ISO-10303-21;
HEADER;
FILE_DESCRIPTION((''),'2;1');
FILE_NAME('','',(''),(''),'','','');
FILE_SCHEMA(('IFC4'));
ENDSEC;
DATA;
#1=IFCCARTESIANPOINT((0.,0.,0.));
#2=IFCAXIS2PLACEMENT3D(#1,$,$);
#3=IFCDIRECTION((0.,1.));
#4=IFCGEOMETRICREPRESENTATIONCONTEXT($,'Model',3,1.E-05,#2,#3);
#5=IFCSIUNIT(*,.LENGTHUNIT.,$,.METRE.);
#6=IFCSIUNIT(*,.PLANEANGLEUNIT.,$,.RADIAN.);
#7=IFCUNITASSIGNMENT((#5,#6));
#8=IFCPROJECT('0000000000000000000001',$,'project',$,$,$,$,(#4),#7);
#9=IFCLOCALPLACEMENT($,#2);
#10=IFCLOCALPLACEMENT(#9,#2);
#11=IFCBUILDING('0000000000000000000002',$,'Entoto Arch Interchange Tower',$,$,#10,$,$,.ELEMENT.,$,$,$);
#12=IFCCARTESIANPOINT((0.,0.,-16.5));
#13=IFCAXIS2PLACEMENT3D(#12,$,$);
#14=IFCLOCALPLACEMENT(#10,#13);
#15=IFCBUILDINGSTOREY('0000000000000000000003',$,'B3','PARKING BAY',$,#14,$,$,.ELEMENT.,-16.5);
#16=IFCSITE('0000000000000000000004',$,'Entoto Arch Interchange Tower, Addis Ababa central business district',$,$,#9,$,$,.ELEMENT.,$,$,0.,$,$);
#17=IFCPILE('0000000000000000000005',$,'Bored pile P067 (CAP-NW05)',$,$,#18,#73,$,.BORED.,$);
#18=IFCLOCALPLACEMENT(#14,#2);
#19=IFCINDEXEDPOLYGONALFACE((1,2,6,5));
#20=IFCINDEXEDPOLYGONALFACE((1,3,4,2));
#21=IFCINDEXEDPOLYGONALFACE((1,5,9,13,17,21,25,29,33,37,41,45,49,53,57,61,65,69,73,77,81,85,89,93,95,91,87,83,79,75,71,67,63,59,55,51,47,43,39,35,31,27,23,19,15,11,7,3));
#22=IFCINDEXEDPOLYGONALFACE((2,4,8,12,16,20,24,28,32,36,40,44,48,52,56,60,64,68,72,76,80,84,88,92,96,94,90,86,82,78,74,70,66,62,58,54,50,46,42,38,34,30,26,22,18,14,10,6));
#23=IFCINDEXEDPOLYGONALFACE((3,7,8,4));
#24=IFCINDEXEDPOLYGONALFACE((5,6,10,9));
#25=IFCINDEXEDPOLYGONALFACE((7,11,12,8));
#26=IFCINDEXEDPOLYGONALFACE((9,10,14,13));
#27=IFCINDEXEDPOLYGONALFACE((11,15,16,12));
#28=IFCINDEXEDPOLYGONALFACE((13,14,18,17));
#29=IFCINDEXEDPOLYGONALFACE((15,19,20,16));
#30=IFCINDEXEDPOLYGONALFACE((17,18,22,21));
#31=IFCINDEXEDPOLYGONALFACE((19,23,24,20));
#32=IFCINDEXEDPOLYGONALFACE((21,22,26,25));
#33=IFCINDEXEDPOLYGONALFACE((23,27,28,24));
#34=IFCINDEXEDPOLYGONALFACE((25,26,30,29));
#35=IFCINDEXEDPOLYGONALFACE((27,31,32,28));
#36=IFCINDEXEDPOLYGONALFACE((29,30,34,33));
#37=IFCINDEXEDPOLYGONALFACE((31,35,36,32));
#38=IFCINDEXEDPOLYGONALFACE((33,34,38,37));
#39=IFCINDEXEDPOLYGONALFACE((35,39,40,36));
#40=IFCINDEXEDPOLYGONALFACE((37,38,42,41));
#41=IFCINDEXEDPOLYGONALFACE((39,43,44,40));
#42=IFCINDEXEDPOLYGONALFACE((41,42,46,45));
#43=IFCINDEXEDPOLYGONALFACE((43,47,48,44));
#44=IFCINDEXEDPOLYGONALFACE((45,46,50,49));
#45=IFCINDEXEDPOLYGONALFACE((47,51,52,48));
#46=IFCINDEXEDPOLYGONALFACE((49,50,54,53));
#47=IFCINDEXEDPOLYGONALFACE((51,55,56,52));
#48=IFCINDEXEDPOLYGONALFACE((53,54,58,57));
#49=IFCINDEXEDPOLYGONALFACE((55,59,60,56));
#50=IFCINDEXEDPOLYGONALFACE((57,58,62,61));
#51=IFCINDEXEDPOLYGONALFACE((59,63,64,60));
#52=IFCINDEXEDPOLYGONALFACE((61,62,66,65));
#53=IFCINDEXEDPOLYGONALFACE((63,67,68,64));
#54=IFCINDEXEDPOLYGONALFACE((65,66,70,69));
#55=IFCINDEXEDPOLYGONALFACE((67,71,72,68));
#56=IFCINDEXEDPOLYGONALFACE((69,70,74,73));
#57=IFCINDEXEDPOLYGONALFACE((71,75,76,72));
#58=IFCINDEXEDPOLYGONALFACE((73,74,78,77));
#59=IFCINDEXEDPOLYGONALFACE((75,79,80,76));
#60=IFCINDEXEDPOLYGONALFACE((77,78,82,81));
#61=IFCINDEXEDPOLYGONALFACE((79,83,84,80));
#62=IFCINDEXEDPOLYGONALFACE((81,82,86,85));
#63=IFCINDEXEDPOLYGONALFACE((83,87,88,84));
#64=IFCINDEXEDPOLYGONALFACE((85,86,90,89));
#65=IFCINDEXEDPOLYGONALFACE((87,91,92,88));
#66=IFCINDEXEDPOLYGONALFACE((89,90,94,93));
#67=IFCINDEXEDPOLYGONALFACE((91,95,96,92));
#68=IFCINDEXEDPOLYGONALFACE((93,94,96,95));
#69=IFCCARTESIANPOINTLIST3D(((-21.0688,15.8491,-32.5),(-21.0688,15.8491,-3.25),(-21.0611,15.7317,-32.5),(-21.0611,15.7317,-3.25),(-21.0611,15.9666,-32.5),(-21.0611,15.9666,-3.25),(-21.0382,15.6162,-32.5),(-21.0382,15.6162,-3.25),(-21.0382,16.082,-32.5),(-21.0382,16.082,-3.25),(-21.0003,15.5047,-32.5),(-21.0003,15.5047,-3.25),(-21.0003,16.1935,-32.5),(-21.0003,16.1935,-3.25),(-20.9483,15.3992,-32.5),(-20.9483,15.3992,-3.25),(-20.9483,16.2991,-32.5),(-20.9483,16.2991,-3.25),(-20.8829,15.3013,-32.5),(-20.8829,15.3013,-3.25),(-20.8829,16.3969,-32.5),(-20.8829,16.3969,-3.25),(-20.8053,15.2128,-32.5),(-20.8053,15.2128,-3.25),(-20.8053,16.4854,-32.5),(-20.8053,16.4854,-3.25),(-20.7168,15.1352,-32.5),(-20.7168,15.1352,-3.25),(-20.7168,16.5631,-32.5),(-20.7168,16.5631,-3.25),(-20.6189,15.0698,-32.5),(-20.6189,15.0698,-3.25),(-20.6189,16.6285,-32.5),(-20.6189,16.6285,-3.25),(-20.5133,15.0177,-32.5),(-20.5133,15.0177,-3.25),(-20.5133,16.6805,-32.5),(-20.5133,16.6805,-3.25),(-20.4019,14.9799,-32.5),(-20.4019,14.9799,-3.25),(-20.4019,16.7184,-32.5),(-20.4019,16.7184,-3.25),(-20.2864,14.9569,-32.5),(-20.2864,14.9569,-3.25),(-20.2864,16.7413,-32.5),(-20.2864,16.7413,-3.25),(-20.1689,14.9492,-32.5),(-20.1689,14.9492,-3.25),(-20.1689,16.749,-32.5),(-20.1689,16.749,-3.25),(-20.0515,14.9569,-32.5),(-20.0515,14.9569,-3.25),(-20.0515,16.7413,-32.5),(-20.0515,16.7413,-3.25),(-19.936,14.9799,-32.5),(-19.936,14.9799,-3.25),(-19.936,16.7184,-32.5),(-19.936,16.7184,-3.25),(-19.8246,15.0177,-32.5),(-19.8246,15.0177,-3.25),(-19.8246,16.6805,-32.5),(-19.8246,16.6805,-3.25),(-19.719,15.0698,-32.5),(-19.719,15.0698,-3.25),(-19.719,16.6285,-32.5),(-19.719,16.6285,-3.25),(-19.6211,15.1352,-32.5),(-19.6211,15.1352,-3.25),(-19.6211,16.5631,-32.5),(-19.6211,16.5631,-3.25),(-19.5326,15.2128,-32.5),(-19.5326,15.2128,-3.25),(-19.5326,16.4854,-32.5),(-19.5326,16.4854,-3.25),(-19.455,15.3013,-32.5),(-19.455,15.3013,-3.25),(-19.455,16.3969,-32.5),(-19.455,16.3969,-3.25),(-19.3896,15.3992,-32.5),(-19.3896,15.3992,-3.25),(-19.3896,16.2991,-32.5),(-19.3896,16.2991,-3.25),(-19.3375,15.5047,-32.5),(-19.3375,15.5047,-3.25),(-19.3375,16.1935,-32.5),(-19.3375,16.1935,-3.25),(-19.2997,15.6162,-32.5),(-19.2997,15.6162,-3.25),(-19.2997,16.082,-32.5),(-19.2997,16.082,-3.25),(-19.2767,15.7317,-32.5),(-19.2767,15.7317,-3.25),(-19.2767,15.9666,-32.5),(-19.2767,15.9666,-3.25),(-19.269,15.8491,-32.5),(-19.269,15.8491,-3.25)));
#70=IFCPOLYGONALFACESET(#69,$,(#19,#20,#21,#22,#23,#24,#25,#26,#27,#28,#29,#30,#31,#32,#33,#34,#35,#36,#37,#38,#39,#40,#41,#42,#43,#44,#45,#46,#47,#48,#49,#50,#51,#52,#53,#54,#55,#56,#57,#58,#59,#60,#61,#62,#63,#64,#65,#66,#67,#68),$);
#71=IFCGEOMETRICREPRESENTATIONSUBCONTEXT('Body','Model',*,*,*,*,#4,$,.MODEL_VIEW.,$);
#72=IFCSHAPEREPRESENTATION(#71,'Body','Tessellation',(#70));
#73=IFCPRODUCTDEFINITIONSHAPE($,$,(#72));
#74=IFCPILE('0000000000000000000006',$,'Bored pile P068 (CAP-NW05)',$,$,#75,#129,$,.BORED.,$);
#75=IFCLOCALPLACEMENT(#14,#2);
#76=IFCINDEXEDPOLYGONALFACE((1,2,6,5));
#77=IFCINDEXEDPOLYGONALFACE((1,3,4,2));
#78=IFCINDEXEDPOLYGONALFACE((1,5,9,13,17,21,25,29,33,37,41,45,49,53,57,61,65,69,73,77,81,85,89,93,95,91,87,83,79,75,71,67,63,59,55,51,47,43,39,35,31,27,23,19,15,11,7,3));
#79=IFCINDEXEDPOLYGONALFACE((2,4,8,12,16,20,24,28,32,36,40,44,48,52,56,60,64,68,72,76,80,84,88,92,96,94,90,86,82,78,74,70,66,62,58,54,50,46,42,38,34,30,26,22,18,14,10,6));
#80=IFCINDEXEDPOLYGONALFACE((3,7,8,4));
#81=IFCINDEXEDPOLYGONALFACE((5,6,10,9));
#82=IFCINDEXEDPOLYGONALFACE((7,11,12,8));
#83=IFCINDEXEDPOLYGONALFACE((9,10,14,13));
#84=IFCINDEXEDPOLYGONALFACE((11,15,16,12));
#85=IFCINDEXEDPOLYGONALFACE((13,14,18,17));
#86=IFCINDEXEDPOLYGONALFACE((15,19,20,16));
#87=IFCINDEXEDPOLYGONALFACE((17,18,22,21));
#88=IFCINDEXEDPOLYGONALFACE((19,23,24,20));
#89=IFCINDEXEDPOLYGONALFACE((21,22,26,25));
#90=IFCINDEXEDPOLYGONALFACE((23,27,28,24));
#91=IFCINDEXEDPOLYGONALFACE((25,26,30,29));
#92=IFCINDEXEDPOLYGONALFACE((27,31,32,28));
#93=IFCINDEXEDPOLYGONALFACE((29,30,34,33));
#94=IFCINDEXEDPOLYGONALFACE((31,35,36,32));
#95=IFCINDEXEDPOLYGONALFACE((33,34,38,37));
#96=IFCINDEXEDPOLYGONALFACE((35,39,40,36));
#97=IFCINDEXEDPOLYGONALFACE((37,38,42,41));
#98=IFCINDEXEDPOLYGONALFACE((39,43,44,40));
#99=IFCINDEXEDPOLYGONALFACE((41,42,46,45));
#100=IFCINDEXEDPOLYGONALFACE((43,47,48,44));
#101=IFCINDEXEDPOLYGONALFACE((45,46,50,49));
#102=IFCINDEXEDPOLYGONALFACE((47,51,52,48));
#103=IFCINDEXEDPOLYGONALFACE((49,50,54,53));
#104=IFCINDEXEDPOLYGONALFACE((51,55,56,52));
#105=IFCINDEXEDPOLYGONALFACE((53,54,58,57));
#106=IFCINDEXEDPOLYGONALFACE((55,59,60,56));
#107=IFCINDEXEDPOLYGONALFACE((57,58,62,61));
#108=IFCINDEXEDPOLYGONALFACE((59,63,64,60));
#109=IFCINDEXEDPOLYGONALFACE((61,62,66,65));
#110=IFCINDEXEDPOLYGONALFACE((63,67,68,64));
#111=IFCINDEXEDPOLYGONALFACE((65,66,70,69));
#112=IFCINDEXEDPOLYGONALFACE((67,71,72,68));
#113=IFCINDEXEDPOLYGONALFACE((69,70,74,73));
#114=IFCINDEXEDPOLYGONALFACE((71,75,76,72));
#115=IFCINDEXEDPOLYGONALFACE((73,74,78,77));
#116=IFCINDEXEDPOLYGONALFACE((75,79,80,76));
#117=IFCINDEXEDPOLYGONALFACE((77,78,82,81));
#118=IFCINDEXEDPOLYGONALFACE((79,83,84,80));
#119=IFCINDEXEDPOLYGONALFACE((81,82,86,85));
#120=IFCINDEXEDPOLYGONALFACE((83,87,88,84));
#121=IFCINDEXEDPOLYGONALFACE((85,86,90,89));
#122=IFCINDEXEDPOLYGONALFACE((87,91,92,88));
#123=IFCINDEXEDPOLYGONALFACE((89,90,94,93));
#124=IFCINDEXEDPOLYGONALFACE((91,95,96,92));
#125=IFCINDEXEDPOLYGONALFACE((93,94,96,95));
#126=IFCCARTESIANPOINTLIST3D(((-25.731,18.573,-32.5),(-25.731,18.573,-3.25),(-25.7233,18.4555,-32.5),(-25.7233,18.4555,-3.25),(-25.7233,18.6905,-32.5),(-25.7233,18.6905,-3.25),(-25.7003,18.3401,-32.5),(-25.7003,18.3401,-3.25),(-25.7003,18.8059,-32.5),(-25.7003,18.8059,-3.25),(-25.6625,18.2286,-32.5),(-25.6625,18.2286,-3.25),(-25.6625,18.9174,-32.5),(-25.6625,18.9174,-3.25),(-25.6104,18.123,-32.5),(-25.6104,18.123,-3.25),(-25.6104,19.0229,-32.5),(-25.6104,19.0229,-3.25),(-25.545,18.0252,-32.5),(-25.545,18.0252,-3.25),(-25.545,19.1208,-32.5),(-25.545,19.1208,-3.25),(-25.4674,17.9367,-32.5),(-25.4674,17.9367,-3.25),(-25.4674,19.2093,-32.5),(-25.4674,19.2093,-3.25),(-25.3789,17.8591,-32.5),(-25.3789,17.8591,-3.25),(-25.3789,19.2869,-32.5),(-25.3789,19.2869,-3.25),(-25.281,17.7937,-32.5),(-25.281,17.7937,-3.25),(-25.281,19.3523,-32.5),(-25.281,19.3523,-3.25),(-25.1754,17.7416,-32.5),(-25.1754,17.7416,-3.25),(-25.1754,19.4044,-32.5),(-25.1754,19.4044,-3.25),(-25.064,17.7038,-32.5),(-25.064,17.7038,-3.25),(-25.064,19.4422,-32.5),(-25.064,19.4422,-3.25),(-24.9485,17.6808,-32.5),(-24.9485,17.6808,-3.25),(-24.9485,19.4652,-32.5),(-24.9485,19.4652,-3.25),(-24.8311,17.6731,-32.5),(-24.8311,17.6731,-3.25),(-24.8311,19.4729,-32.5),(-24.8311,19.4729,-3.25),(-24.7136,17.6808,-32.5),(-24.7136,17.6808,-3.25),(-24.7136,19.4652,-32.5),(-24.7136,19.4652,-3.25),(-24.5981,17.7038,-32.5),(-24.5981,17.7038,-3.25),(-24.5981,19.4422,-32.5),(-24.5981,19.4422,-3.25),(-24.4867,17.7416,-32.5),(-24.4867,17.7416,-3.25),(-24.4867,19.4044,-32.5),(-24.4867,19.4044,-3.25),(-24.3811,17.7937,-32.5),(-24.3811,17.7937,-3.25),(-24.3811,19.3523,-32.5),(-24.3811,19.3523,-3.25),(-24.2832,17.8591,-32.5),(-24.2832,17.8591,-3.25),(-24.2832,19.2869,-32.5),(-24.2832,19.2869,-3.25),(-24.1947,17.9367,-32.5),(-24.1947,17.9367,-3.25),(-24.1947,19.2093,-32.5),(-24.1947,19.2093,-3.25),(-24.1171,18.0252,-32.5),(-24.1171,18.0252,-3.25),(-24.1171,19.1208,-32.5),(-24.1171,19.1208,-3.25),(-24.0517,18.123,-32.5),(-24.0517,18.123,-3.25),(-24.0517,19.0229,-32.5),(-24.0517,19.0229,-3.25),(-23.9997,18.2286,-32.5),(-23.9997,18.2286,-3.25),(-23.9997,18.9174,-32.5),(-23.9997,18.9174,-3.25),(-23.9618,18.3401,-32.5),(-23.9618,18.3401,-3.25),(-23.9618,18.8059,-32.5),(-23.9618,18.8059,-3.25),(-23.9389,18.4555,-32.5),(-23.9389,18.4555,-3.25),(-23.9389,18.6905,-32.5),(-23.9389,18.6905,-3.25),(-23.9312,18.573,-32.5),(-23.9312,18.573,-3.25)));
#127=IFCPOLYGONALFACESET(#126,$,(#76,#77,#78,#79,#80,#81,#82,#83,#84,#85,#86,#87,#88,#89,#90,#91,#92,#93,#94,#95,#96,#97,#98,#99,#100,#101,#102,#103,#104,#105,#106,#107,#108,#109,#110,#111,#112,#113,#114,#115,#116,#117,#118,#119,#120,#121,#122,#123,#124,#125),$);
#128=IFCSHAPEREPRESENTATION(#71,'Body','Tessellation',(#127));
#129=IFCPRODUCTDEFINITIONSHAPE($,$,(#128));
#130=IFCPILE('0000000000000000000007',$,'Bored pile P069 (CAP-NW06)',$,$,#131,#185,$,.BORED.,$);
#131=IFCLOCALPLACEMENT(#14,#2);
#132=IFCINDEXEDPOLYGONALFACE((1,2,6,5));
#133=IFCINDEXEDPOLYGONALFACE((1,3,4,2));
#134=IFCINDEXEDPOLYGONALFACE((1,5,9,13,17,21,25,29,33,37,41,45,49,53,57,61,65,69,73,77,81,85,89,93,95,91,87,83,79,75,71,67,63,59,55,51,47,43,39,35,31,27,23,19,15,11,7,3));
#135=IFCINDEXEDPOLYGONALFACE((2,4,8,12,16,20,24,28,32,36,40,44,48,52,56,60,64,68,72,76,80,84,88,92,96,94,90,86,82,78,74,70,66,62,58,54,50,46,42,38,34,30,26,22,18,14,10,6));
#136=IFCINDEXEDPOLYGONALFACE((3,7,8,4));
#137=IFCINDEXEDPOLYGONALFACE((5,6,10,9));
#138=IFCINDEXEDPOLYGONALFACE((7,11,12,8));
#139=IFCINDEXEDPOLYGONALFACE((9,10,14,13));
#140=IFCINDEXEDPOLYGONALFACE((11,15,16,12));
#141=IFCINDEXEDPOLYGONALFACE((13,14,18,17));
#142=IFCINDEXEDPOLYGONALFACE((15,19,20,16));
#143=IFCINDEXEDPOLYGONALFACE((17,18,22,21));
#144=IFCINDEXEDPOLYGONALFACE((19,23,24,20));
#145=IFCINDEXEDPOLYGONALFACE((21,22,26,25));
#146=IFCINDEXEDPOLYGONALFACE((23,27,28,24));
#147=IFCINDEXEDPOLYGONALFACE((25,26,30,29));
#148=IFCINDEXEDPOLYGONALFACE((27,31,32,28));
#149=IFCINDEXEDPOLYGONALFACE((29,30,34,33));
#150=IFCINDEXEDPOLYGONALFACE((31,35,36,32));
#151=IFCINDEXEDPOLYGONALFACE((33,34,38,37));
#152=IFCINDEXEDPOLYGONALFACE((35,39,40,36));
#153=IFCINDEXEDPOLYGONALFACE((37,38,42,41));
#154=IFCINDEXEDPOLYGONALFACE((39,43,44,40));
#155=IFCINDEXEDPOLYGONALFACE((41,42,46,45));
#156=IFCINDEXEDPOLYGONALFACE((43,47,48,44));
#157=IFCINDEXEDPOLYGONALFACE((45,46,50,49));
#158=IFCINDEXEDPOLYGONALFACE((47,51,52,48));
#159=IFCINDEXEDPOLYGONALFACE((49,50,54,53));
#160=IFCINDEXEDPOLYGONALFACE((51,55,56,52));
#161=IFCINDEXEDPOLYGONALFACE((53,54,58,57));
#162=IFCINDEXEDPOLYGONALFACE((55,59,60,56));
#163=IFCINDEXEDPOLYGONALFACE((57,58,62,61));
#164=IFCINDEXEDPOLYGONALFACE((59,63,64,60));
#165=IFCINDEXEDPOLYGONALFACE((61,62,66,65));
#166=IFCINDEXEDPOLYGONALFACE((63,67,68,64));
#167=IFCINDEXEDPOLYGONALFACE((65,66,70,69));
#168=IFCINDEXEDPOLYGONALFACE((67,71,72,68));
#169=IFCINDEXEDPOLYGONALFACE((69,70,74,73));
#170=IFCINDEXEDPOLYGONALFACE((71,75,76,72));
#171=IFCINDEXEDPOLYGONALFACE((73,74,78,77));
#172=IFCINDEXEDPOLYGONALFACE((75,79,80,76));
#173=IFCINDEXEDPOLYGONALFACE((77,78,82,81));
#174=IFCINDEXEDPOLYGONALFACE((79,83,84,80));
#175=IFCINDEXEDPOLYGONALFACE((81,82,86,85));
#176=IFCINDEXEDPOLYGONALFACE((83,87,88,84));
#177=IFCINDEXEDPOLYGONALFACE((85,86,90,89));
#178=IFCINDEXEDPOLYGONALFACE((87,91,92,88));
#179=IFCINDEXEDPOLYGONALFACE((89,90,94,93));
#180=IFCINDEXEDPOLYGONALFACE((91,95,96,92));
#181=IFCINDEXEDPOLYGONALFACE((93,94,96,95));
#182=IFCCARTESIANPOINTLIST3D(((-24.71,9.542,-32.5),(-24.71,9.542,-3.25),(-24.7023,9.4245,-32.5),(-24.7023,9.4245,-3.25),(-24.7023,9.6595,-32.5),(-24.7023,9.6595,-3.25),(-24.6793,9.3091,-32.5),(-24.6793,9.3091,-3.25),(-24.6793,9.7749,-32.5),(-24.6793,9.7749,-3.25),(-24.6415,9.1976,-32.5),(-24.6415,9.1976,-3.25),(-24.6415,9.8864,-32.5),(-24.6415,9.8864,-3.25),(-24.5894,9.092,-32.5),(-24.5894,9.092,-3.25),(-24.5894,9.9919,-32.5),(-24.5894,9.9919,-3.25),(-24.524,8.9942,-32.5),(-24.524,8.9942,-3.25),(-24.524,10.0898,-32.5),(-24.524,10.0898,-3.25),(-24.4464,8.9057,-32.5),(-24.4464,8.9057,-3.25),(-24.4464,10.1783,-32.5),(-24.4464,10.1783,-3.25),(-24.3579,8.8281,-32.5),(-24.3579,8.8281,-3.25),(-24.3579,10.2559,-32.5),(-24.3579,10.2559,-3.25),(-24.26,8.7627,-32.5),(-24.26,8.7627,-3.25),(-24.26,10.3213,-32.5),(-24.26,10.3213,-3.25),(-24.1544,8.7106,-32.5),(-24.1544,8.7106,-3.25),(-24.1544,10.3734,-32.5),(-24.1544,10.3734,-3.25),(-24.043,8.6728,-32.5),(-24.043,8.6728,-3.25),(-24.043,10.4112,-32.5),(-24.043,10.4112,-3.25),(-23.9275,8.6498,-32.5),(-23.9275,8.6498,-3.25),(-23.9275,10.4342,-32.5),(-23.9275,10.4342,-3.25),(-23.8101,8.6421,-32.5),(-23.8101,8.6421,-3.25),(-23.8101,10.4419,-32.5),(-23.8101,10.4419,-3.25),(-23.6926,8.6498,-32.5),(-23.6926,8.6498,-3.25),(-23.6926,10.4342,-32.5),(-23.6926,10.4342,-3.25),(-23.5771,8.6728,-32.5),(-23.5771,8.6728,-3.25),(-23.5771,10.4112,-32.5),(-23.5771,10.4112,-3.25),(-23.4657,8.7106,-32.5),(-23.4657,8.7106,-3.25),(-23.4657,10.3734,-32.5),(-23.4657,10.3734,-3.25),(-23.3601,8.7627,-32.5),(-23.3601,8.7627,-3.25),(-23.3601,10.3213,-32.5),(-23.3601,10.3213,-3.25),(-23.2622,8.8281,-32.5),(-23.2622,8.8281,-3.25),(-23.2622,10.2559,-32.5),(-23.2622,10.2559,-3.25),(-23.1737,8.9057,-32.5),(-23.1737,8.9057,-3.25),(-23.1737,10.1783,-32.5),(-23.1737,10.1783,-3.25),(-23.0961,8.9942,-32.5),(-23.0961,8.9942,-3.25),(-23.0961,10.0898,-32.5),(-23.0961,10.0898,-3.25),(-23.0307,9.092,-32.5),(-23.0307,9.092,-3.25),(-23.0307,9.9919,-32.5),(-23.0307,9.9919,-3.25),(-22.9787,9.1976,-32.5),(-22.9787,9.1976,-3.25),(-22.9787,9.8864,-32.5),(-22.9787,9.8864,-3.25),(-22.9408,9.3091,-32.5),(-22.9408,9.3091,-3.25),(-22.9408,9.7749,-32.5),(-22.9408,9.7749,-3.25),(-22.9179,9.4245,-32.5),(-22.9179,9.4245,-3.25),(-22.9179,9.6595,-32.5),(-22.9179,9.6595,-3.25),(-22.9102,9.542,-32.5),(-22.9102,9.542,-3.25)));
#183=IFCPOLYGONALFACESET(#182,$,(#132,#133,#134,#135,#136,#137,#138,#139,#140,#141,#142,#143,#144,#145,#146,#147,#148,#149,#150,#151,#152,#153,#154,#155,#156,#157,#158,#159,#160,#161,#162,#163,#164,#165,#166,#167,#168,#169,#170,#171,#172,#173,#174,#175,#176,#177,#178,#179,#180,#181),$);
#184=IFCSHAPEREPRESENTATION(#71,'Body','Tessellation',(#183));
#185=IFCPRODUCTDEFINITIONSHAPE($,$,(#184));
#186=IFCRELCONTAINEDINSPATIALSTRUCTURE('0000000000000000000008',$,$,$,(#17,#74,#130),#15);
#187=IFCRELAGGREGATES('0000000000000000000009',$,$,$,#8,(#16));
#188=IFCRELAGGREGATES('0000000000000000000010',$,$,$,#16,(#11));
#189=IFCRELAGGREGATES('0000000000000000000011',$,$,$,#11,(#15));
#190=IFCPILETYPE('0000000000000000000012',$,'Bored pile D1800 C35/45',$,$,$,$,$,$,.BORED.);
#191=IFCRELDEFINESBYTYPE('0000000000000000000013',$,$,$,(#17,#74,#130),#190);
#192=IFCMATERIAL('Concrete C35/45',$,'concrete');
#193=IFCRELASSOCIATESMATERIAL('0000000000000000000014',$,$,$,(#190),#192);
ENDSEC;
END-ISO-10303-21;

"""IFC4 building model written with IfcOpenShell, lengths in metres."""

from ifc_helpers import new_model, si_unit, direction, frame, origin, origin_2d, place, context, subcontext, project, spatial, circle, extrude, material, material_profile, profile_set, type_object, element, save


model = new_model("IFC4")

# Units and contexts
model_context = context("Model", 3, precision=1e-05, world=origin(), true_north=direction((0.0, 1.0)))
body_context = subcontext(model_context, "Body", "Model", "MODEL_VIEW")
ifc_project = project(units=[si_unit("LENGTHUNIT", "METRE"), si_unit("PLANEANGLEUNIT", "RADIAN")], contexts=[model_context])

# Site, building, storey
site_placement = place(None, origin())
site = spatial("IfcSite", under=ifc_project, at=site_placement, Name="Entoto Arch Interchange Tower, Addis Ababa central business district", CompositionType="ELEMENT", RefElevation=0.0)
building_placement = place(site_placement, origin())
building = spatial("IfcBuilding", under=site, at=building_placement, Name="Entoto Arch Interchange Tower", CompositionType="ELEMENT")
storey_placement = place(building_placement, frame((0.0, 0.0, -16.5)))
storey = spatial("IfcBuildingStorey", under=building, at=storey_placement, Name="B3", Description="PARKING BAY", CompositionType="ELEMENT", Elevation=-16.5)

# Piles
ifc_material_1 = material(Name="Concrete C35/45", Category="concrete")
ifc_material_profile_1 = material_profile(ifc_material_1, circle(Radius=0.8999, at=origin_2d()))
ifc_profile_set_1 = profile_set([ifc_material_profile_1], Name="Concrete C35/45")
pile_type = type_object("IfcPileType", Name="Bored pile D1800 C35/45", PredefinedType="BORED", material=ifc_profile_set_1)
for number, where, z_axis, x_axis, name in (
    (1, (-20.1689, 15.8491, -3.25), (0.0, 0.0, -1.0), (1.0, 0.0, 0.0), "Bored pile P067 (CAP-NW05)"),
    (2, (-24.8311, 18.573, -3.25), (0.0, 0.0, -1.0), (1.0, 0.0, 0.0), "Bored pile P068 (CAP-NW05)"),
    (3, (-23.8101, 9.542, -3.25), (0.0, 0.0, -1.0), (1.0, 0.0, 0.0), "Bored pile P069 (CAP-NW06)"),
):
    element("IfcPile", number, at=place(storey_placement, frame(where, z_axis=z_axis, x_axis=x_axis)), inside=storey, type_object=pile_type, Name=name, PredefinedType="BORED", context=body_context, shape_type="SweptSolid", body=[
        extrude(circle(Radius=0.8999, at=origin_2d()), origin(), (0.0, 0.0, 1.0), 29.25),
    ])

save(model, "model.ifc")
